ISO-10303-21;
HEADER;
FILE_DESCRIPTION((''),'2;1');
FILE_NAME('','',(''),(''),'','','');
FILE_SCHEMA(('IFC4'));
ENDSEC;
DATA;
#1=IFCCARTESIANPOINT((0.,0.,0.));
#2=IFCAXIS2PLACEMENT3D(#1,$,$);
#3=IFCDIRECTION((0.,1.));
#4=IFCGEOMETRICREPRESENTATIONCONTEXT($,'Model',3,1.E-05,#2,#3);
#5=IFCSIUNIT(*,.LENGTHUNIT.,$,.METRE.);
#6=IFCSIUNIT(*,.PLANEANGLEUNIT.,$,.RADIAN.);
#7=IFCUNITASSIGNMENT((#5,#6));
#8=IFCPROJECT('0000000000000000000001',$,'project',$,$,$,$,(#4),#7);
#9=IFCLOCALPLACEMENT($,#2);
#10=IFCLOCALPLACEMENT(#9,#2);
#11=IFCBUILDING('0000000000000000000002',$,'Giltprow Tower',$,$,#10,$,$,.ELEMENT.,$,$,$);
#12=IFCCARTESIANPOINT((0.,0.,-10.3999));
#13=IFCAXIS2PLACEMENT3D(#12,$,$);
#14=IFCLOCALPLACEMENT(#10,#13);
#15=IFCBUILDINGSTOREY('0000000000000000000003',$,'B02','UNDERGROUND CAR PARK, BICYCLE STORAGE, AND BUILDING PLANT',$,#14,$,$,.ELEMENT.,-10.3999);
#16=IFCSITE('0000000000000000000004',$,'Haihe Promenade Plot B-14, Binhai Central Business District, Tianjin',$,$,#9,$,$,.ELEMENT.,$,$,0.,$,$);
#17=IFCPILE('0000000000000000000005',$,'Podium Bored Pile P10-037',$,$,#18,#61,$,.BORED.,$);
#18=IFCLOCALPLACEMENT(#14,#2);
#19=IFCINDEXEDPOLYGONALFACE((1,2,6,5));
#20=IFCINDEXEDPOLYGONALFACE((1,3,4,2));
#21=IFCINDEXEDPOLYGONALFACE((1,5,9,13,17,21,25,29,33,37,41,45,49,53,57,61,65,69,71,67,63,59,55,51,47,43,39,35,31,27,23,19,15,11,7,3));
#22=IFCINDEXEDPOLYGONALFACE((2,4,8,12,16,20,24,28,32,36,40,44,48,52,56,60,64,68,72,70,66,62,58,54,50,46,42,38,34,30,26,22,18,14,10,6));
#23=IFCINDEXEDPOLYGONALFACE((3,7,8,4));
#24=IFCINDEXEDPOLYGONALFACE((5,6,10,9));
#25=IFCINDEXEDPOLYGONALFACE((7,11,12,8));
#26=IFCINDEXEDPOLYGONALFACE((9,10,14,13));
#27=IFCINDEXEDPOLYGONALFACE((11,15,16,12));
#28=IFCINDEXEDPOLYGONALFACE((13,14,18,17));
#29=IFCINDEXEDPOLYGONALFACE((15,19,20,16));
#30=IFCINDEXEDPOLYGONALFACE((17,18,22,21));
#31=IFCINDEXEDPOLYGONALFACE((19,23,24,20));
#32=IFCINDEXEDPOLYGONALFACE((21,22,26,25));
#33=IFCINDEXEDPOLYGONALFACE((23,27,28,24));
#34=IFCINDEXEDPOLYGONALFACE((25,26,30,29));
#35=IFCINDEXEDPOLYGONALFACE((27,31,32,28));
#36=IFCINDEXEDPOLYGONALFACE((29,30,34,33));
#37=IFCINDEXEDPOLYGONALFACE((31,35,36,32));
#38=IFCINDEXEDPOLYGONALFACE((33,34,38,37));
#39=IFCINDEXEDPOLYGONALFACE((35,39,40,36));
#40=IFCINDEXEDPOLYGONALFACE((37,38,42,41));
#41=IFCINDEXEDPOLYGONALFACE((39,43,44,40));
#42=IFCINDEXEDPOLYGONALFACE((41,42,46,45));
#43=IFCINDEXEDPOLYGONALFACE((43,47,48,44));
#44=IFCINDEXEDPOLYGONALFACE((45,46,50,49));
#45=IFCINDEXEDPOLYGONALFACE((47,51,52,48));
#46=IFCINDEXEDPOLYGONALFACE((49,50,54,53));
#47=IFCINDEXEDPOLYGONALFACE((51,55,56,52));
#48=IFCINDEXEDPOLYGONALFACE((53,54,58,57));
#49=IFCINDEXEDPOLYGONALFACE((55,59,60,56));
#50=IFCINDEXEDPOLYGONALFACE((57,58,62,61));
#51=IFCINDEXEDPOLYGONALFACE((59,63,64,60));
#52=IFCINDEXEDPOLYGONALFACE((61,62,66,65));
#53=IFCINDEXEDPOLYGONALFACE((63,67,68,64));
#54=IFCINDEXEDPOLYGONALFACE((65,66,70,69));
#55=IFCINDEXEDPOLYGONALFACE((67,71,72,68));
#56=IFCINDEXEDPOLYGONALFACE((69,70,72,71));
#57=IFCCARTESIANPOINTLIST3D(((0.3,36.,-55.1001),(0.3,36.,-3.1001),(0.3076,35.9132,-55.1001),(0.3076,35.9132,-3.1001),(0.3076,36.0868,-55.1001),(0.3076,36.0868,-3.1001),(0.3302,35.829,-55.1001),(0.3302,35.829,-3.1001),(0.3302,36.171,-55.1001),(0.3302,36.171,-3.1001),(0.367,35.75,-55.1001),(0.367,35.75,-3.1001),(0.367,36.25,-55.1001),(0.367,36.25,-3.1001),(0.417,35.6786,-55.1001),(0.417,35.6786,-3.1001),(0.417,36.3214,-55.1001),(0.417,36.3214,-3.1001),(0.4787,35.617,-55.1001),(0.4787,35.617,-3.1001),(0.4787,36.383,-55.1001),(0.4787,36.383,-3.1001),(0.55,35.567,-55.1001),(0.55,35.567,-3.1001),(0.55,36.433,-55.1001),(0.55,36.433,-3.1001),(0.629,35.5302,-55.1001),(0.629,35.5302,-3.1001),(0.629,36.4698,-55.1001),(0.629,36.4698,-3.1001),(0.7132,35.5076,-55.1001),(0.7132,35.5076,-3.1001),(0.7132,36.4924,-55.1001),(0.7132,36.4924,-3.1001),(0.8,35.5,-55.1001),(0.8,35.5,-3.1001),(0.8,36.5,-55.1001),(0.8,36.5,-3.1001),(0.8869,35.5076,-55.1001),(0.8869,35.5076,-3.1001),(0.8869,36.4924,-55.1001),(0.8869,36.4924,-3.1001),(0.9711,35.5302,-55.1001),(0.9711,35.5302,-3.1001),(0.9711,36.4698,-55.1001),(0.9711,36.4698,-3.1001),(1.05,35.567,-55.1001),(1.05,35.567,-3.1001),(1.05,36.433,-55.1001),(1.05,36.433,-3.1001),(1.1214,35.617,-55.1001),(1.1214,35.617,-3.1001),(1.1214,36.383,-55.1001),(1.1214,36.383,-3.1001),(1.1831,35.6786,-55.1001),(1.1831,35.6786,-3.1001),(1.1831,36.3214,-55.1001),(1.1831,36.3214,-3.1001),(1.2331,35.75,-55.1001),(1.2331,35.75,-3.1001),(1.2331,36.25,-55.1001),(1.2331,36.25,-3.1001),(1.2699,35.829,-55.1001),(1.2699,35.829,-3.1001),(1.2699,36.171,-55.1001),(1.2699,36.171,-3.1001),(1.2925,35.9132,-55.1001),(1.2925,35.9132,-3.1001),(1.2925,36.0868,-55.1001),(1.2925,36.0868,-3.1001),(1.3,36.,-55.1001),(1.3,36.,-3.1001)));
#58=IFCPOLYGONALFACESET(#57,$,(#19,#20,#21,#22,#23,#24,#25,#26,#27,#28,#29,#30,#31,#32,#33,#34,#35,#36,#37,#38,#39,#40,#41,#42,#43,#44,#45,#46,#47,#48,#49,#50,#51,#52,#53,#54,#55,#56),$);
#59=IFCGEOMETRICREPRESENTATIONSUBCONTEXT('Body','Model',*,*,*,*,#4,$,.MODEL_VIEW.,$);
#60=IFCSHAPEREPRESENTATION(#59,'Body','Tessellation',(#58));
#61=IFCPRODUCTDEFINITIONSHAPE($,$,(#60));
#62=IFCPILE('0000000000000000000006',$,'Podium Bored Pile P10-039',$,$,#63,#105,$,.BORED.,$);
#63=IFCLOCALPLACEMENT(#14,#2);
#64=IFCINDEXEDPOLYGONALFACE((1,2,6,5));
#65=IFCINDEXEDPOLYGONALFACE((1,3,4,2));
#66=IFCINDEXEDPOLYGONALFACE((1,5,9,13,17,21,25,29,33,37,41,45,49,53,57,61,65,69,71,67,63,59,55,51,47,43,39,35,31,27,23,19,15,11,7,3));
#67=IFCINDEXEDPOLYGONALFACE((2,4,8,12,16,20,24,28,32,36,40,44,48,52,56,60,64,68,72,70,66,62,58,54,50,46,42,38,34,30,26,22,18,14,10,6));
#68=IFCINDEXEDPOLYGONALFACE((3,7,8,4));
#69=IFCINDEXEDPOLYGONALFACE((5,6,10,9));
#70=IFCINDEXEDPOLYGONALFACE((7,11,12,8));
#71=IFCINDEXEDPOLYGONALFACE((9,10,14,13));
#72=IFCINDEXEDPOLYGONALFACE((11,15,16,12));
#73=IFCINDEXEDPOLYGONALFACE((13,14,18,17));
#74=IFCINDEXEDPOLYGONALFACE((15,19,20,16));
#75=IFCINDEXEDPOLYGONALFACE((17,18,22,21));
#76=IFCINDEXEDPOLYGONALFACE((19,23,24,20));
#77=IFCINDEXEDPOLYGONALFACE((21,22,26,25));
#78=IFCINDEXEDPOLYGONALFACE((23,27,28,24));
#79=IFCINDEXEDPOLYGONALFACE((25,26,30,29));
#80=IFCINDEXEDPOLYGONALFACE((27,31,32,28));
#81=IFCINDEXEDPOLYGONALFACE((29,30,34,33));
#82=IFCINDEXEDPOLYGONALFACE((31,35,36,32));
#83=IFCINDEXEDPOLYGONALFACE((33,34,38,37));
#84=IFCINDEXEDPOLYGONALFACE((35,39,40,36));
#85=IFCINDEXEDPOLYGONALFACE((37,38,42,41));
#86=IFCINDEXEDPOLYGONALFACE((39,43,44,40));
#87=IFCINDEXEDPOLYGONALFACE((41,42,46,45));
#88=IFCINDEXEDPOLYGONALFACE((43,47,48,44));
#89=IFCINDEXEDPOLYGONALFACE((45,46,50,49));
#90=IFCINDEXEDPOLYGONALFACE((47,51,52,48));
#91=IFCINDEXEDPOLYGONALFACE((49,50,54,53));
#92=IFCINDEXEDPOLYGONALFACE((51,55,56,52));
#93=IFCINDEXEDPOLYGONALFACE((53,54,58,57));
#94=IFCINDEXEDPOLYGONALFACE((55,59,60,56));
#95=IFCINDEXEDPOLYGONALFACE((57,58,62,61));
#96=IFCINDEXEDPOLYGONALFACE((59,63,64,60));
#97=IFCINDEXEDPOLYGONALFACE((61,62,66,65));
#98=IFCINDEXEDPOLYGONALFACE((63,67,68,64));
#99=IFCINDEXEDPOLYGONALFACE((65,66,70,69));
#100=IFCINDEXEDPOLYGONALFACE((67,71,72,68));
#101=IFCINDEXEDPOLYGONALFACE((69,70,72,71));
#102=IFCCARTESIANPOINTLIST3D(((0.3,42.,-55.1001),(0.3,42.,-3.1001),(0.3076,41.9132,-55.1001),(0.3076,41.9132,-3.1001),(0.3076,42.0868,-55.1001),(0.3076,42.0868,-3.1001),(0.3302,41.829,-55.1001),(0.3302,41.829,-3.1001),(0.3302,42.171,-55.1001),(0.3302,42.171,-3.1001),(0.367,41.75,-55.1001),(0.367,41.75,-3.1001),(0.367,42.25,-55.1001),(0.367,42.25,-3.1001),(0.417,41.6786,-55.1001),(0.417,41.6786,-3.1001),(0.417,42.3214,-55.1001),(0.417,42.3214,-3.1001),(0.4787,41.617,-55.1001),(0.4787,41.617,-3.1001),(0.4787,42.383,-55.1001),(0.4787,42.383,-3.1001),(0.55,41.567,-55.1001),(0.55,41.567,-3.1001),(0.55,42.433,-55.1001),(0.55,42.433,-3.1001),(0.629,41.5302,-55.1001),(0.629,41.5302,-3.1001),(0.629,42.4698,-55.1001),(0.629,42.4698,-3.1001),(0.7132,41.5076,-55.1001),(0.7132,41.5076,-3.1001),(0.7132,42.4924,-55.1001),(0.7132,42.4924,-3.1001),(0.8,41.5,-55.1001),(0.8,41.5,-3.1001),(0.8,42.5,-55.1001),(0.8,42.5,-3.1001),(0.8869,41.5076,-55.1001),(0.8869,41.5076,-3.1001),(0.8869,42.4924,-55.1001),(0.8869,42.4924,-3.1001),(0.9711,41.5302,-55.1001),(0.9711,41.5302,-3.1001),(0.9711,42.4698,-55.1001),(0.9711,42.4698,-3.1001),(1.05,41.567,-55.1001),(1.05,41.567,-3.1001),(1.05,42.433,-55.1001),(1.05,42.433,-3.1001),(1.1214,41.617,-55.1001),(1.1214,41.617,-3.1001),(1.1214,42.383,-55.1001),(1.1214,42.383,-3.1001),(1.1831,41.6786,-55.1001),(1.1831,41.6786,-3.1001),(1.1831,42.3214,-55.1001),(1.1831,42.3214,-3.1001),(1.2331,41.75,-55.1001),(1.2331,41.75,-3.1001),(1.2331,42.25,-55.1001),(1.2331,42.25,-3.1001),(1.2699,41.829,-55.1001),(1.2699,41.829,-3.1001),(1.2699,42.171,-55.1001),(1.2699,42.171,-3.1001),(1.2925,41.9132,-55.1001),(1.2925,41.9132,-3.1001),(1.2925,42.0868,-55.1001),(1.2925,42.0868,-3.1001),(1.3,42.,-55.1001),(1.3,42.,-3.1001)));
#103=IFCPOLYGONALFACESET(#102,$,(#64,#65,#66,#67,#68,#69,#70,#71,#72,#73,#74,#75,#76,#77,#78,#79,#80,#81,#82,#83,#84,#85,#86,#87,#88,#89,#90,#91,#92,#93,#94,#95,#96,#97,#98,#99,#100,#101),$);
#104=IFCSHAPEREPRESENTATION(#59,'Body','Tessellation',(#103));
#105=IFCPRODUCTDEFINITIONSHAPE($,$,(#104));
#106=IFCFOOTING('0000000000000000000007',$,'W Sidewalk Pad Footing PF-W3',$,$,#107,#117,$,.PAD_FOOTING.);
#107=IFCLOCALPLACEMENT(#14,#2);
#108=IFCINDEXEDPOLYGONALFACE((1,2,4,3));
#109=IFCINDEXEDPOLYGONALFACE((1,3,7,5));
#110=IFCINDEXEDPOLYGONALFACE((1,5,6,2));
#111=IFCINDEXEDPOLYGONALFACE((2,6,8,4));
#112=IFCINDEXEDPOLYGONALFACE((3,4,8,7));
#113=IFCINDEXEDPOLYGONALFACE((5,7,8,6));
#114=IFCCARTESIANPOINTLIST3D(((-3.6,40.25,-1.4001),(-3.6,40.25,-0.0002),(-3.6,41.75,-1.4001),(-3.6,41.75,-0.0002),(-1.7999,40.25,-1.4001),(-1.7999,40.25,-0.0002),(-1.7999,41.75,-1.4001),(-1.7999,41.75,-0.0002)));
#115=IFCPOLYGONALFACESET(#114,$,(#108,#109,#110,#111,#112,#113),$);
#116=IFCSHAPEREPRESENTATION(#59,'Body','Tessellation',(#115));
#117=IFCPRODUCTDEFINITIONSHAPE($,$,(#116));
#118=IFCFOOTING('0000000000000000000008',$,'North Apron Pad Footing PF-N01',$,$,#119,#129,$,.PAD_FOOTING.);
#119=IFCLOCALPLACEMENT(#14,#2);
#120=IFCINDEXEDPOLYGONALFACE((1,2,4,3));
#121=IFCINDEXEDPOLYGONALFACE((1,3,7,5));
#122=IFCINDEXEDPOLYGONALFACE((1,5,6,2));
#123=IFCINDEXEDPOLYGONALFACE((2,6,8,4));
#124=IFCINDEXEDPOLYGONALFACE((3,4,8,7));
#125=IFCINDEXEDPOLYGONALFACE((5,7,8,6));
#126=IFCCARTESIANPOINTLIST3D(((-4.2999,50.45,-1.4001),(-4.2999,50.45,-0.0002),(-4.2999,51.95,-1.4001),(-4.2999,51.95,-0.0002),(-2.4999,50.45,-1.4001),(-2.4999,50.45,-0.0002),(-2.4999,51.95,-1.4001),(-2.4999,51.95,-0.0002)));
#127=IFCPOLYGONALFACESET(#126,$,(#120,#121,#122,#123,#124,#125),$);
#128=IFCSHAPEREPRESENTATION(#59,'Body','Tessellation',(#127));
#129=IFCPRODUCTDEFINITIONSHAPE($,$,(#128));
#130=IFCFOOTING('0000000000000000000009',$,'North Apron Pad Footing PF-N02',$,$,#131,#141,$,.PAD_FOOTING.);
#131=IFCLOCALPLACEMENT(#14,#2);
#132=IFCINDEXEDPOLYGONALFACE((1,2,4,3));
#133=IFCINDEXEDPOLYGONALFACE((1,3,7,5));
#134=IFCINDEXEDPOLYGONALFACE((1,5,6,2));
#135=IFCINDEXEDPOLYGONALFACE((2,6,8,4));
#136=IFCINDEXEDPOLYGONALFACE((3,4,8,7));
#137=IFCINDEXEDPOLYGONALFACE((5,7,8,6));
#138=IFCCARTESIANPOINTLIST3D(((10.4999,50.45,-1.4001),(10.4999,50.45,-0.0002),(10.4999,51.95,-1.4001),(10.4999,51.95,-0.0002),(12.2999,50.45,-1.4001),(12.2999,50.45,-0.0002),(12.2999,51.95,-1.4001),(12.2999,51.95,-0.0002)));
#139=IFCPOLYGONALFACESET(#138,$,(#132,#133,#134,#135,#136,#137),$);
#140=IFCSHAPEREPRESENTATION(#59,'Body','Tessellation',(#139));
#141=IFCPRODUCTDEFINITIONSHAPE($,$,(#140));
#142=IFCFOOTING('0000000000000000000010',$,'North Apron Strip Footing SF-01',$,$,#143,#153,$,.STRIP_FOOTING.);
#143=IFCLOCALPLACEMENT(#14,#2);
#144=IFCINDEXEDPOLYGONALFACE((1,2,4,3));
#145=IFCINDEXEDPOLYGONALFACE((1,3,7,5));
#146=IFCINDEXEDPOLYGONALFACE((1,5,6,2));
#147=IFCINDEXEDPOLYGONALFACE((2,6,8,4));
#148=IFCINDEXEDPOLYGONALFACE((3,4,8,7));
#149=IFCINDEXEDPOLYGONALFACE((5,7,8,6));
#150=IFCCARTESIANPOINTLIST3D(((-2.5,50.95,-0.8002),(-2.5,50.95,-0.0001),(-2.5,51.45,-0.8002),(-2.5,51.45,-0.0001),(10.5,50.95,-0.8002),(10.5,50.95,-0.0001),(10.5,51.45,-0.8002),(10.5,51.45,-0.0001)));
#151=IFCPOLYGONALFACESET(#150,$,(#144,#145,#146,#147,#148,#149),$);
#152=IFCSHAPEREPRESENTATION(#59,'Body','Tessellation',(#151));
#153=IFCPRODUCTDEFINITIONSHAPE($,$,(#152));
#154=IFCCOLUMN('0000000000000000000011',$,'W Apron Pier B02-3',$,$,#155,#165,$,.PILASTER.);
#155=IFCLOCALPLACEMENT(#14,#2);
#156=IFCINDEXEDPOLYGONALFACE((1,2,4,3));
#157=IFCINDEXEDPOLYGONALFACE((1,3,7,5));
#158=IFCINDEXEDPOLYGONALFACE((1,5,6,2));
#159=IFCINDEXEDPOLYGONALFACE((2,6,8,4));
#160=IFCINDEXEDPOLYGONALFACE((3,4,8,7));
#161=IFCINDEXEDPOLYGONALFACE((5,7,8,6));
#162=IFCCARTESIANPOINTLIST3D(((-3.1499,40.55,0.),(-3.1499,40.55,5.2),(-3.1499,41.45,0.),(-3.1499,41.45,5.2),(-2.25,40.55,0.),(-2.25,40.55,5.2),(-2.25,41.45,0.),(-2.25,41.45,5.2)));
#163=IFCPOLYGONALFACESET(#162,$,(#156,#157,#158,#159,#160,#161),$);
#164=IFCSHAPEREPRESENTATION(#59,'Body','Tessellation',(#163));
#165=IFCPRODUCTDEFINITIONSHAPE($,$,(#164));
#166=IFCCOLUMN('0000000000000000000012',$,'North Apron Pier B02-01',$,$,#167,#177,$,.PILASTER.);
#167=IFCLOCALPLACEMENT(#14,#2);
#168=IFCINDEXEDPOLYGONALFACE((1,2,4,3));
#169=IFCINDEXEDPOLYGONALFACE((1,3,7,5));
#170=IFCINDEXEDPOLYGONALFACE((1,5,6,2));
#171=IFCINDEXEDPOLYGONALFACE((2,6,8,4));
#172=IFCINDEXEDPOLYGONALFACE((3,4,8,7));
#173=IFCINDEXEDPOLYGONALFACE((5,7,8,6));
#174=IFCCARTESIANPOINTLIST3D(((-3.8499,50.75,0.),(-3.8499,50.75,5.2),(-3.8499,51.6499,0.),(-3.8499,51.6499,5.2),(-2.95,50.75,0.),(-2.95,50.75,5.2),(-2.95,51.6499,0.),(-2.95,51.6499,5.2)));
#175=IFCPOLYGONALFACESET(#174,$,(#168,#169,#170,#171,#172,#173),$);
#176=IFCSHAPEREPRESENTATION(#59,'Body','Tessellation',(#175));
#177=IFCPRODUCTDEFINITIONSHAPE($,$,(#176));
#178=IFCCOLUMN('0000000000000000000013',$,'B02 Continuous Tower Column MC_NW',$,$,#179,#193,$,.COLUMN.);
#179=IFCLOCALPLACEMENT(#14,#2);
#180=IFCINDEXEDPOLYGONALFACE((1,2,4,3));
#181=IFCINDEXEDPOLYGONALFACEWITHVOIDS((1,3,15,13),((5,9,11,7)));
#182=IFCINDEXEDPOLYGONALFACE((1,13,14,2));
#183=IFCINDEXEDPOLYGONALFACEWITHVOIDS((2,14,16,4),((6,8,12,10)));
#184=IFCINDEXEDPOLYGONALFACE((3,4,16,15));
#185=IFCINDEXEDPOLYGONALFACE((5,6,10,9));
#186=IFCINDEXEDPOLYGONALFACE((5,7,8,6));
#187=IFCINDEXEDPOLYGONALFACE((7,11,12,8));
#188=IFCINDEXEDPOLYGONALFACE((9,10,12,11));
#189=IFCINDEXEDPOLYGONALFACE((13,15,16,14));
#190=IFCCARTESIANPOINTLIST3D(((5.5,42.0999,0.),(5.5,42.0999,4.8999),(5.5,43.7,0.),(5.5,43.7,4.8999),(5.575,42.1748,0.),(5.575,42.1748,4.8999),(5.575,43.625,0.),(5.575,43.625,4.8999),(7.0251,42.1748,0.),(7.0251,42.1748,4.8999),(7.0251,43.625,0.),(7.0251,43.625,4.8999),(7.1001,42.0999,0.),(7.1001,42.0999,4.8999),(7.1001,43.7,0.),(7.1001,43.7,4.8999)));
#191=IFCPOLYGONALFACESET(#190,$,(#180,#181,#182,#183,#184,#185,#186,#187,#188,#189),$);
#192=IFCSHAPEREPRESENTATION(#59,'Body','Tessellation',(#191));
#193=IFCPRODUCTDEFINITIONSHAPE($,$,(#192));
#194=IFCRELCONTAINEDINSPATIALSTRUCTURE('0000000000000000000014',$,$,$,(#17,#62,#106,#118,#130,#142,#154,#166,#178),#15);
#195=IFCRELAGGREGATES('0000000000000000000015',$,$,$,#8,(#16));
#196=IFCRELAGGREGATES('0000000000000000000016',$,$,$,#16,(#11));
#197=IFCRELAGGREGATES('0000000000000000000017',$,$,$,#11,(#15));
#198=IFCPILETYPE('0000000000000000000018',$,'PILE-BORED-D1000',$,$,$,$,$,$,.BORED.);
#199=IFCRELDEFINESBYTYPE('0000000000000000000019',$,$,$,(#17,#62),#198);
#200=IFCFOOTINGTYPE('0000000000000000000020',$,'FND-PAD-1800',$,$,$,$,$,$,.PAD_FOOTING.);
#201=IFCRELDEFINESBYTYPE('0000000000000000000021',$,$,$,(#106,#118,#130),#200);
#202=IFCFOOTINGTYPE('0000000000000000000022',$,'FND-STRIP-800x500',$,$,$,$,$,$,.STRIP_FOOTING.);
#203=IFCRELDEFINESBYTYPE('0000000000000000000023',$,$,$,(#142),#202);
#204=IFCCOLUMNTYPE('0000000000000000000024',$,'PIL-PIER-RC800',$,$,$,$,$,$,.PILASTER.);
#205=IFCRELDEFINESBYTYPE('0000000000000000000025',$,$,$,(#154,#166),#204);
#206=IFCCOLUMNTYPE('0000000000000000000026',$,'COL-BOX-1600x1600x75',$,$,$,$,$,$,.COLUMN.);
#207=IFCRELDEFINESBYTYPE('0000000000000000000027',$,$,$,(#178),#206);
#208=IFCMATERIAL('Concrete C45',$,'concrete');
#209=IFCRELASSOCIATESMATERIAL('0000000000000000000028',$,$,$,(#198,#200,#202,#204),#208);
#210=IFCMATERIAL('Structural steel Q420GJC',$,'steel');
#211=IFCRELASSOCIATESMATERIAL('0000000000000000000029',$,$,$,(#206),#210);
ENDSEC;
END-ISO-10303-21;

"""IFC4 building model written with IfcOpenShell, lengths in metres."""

from ifc_helpers import new_model, si_unit, direction, frame, origin, origin_2d, place, context, subcontext, project, spatial, rectangle, hollow_rectangle, circle, extrude, source, transform, mapped, material, material_profile, profile_set, type_object, element, save


model = new_model("IFC4")

# Units and contexts
model_context = context("Model", 3, precision=1e-05, world=origin(), true_north=direction((0.0, 1.0)))
body_context = subcontext(model_context, "Body", "Model", "MODEL_VIEW")
ifc_project = project(units=[si_unit("LENGTHUNIT", "METRE"), si_unit("PLANEANGLEUNIT", "RADIAN")], contexts=[model_context])

# Site, building, storey
site_placement = place(None, origin())
site = spatial("IfcSite", under=ifc_project, at=site_placement, Name="Haihe Promenade Plot B-14, Binhai Central Business District, Tianjin", CompositionType="ELEMENT", RefElevation=0.0)
building_placement = place(site_placement, origin())
building = spatial("IfcBuilding", under=site, at=building_placement, Name="Giltprow Tower", CompositionType="ELEMENT")
storey_placement = place(building_placement, frame((0.0, 0.0, -10.3999)))
storey = spatial("IfcBuildingStorey", under=building, at=storey_placement, Name="B02", Description="UNDERGROUND CAR PARK, BICYCLE STORAGE, AND BUILDING PLANT", CompositionType="ELEMENT", Elevation=-10.3999)

# Piles
ifc_material_1 = material(Name="Concrete C45", Category="concrete")
ifc_material_profile_1 = material_profile(ifc_material_1, circle(Radius=0.5, at=origin_2d()), Name="PILE D1000")
ifc_profile_set_1 = profile_set([ifc_material_profile_1], Name="Concrete C45")
pile_type_1 = type_object("IfcPileType", Name="PILE-BORED-D1000", PredefinedType="BORED", material=ifc_profile_set_1)
shared_shape_1 = source(origin(), body_context, "Body", "SweptSolid", [
    extrude(circle(Radius=0.5, at=origin_2d()), origin(), (0.0, 0.0, 1.0), 52.0),
])
for number, where, z_axis, x_axis, name in (
    (1, (0.8, 36.0, -3.1001), (0.0, 0.0, -1.0), (1.0, 0.0, 0.0), "Podium Bored Pile P10-037"),
    (2, (0.8, 42.0, -3.1001), (0.0, 0.0, -1.0), (1.0, 0.0, 0.0), "Podium Bored Pile P10-039"),
):
    element("IfcPile", number, at=place(storey_placement, frame(where, z_axis=z_axis, x_axis=x_axis)), inside=storey, type_object=pile_type_1, Name=name, PredefinedType="BORED", context=body_context, shape_type="MappedRepresentation", body=[
        mapped(shared_shape_1, transform((0.0, 0.0, 0.0), x_axis=(1.0, 0.0, 0.0), y_axis=(0.0, 1.0, 0.0), z_axis=(0.0, 0.0, 1.0), scale=1.0)),
    ])

# Footings
footing_type_1 = type_object("IfcFootingType", Name="FND-PAD-1800", PredefinedType="PAD_FOOTING", material=ifc_material_1)
shared_shape_2 = source(origin(), body_context, "Body", "SweptSolid", [
    extrude(rectangle(XDim=1.8, YDim=1.5, at=origin_2d()), origin(), (0.0, 0.0, 1.0), 1.3999),
])
for number, where, z_axis, x_axis, name in (
    (3, (-2.7, 41.0, -1.4001), (0.0, 0.0, 1.0), (1.0, 0.0, 0.0), "W Sidewalk Pad Footing PF-W3"),
    (4, (-3.3999, 51.2, -1.4001), (0.0, 0.0, 1.0), (1.0, 0.0, 0.0), "North Apron Pad Footing PF-N01"),
    (5, (11.3999, 51.2, -1.4001), (0.0, 0.0, 1.0), (1.0, 0.0, 0.0), "North Apron Pad Footing PF-N02"),
):
    element("IfcFooting", number, at=place(storey_placement, frame(where, z_axis=z_axis, x_axis=x_axis)), inside=storey, type_object=footing_type_1, Name=name, PredefinedType="PAD_FOOTING", context=body_context, shape_type="MappedRepresentation", body=[
        mapped(shared_shape_2, transform((0.0, 0.0, 0.0), x_axis=(1.0, 0.0, 0.0), y_axis=(0.0, 1.0, 0.0), z_axis=(0.0, 0.0, 1.0), scale=1.0)),
    ])
ifc_material_profile_2 = material_profile(ifc_material_1, rectangle(XDim=0.5, YDim=0.8, at=origin_2d()), Name="RC 800x500")
ifc_profile_set_2 = profile_set([ifc_material_profile_2], Name="Concrete C45")
footing_type_2 = type_object("IfcFootingType", Name="FND-STRIP-800x500", PredefinedType="STRIP_FOOTING", material=ifc_profile_set_2)
shared_shape_3 = source(origin(), body_context, "Body", "SweptSolid", [
    extrude(rectangle(XDim=0.5, YDim=0.8, at=origin_2d()), origin(), (0.0, 0.0, 1.0), 13.0),
])
footing_placement = place(storey_placement, frame((-2.5, 51.2, -0.4001), z_axis=(1.0, 0.0, 0.0), x_axis=(0.0, 1.0, 0.0)))
element("IfcFooting", 6, at=footing_placement, inside=storey, type_object=footing_type_2, Name="North Apron Strip Footing SF-01", PredefinedType="STRIP_FOOTING", context=body_context, shape_type="MappedRepresentation", body=[
    mapped(shared_shape_3, transform((0.0, 0.0, 0.0), x_axis=(1.0, 0.0, 0.0), y_axis=(0.0, 1.0, 0.0), z_axis=(0.0, 0.0, 1.0), scale=1.0)),
])

# Columns
ifc_material_profile_3 = material_profile(ifc_material_1, rectangle(XDim=0.8999, YDim=0.8999, at=origin_2d()), Name="RC 900x900")
ifc_profile_set_3 = profile_set([ifc_material_profile_3], Name="Concrete C45")
column_type_1 = type_object("IfcColumnType", Name="PIL-PIER-RC800", PredefinedType="PILASTER", material=ifc_profile_set_3)
shared_shape_4 = source(origin(), body_context, "Body", "SweptSolid", [
    extrude(rectangle(XDim=0.8999, YDim=0.8999, at=origin_2d()), origin(), (0.0, 0.0, 1.0), 5.2),
])
for number, where, z_axis, x_axis, name in (
    (7, (-2.7, 41.0, 0.0), (0.0, 0.0, 1.0), (1.0, 0.0, 0.0), "W Apron Pier B02-3"),
    (8, (-3.3999, 51.2, 0.0), (0.0, 0.0, 1.0), (1.0, 0.0, 0.0), "North Apron Pier B02-01"),
):
    element("IfcColumn", number, at=place(storey_placement, frame(where, z_axis=z_axis, x_axis=x_axis)), inside=storey, type_object=column_type_1, Name=name, PredefinedType="PILASTER", context=body_context, shape_type="MappedRepresentation", body=[
        mapped(shared_shape_4, transform((0.0, 0.0, 0.0), x_axis=(1.0, 0.0, 0.0), y_axis=(0.0, 1.0, 0.0), z_axis=(0.0, 0.0, 1.0), scale=1.0)),
    ])
ifc_material_2 = material(Name="Structural steel Q420GJC", Category="steel")
ifc_material_profile_4 = material_profile(ifc_material_2, hollow_rectangle(XDim=1.6001, YDim=1.6001, WallThickness=0.075, at=origin_2d()), Name="BOX 1600x1600x75")
ifc_profile_set_4 = profile_set([ifc_material_profile_4], Name="Structural steel Q420GJC")
column_type_2 = type_object("IfcColumnType", Name="COL-BOX-1600x1600x75", PredefinedType="COLUMN", material=ifc_profile_set_4)
shared_shape_5 = source(origin(), body_context, "Body", "SweptSolid", [
    extrude(hollow_rectangle(XDim=1.6001, YDim=1.6001, WallThickness=0.075, at=origin_2d()), origin(), (0.0, 0.0, 1.0), 4.8999),
])
column_1_placement = place(storey_placement, frame((6.3, 42.8999, 0.0), z_axis=(0.0, 0.0, 1.0), x_axis=(1.0, 0.0, 0.0)))
element("IfcColumn", 9, at=column_1_placement, inside=storey, type_object=column_type_2, Name="B02 Continuous Tower Column MC_NW", PredefinedType="COLUMN", context=body_context, shape_type="MappedRepresentation", body=[
    mapped(shared_shape_5, transform((0.0, 0.0, 0.0), x_axis=(1.0, 0.0, 0.0), y_axis=(0.0, 1.0, 0.0), z_axis=(0.0, 0.0, 1.0), scale=1.0)),
])

save(model, "model.ifc")
